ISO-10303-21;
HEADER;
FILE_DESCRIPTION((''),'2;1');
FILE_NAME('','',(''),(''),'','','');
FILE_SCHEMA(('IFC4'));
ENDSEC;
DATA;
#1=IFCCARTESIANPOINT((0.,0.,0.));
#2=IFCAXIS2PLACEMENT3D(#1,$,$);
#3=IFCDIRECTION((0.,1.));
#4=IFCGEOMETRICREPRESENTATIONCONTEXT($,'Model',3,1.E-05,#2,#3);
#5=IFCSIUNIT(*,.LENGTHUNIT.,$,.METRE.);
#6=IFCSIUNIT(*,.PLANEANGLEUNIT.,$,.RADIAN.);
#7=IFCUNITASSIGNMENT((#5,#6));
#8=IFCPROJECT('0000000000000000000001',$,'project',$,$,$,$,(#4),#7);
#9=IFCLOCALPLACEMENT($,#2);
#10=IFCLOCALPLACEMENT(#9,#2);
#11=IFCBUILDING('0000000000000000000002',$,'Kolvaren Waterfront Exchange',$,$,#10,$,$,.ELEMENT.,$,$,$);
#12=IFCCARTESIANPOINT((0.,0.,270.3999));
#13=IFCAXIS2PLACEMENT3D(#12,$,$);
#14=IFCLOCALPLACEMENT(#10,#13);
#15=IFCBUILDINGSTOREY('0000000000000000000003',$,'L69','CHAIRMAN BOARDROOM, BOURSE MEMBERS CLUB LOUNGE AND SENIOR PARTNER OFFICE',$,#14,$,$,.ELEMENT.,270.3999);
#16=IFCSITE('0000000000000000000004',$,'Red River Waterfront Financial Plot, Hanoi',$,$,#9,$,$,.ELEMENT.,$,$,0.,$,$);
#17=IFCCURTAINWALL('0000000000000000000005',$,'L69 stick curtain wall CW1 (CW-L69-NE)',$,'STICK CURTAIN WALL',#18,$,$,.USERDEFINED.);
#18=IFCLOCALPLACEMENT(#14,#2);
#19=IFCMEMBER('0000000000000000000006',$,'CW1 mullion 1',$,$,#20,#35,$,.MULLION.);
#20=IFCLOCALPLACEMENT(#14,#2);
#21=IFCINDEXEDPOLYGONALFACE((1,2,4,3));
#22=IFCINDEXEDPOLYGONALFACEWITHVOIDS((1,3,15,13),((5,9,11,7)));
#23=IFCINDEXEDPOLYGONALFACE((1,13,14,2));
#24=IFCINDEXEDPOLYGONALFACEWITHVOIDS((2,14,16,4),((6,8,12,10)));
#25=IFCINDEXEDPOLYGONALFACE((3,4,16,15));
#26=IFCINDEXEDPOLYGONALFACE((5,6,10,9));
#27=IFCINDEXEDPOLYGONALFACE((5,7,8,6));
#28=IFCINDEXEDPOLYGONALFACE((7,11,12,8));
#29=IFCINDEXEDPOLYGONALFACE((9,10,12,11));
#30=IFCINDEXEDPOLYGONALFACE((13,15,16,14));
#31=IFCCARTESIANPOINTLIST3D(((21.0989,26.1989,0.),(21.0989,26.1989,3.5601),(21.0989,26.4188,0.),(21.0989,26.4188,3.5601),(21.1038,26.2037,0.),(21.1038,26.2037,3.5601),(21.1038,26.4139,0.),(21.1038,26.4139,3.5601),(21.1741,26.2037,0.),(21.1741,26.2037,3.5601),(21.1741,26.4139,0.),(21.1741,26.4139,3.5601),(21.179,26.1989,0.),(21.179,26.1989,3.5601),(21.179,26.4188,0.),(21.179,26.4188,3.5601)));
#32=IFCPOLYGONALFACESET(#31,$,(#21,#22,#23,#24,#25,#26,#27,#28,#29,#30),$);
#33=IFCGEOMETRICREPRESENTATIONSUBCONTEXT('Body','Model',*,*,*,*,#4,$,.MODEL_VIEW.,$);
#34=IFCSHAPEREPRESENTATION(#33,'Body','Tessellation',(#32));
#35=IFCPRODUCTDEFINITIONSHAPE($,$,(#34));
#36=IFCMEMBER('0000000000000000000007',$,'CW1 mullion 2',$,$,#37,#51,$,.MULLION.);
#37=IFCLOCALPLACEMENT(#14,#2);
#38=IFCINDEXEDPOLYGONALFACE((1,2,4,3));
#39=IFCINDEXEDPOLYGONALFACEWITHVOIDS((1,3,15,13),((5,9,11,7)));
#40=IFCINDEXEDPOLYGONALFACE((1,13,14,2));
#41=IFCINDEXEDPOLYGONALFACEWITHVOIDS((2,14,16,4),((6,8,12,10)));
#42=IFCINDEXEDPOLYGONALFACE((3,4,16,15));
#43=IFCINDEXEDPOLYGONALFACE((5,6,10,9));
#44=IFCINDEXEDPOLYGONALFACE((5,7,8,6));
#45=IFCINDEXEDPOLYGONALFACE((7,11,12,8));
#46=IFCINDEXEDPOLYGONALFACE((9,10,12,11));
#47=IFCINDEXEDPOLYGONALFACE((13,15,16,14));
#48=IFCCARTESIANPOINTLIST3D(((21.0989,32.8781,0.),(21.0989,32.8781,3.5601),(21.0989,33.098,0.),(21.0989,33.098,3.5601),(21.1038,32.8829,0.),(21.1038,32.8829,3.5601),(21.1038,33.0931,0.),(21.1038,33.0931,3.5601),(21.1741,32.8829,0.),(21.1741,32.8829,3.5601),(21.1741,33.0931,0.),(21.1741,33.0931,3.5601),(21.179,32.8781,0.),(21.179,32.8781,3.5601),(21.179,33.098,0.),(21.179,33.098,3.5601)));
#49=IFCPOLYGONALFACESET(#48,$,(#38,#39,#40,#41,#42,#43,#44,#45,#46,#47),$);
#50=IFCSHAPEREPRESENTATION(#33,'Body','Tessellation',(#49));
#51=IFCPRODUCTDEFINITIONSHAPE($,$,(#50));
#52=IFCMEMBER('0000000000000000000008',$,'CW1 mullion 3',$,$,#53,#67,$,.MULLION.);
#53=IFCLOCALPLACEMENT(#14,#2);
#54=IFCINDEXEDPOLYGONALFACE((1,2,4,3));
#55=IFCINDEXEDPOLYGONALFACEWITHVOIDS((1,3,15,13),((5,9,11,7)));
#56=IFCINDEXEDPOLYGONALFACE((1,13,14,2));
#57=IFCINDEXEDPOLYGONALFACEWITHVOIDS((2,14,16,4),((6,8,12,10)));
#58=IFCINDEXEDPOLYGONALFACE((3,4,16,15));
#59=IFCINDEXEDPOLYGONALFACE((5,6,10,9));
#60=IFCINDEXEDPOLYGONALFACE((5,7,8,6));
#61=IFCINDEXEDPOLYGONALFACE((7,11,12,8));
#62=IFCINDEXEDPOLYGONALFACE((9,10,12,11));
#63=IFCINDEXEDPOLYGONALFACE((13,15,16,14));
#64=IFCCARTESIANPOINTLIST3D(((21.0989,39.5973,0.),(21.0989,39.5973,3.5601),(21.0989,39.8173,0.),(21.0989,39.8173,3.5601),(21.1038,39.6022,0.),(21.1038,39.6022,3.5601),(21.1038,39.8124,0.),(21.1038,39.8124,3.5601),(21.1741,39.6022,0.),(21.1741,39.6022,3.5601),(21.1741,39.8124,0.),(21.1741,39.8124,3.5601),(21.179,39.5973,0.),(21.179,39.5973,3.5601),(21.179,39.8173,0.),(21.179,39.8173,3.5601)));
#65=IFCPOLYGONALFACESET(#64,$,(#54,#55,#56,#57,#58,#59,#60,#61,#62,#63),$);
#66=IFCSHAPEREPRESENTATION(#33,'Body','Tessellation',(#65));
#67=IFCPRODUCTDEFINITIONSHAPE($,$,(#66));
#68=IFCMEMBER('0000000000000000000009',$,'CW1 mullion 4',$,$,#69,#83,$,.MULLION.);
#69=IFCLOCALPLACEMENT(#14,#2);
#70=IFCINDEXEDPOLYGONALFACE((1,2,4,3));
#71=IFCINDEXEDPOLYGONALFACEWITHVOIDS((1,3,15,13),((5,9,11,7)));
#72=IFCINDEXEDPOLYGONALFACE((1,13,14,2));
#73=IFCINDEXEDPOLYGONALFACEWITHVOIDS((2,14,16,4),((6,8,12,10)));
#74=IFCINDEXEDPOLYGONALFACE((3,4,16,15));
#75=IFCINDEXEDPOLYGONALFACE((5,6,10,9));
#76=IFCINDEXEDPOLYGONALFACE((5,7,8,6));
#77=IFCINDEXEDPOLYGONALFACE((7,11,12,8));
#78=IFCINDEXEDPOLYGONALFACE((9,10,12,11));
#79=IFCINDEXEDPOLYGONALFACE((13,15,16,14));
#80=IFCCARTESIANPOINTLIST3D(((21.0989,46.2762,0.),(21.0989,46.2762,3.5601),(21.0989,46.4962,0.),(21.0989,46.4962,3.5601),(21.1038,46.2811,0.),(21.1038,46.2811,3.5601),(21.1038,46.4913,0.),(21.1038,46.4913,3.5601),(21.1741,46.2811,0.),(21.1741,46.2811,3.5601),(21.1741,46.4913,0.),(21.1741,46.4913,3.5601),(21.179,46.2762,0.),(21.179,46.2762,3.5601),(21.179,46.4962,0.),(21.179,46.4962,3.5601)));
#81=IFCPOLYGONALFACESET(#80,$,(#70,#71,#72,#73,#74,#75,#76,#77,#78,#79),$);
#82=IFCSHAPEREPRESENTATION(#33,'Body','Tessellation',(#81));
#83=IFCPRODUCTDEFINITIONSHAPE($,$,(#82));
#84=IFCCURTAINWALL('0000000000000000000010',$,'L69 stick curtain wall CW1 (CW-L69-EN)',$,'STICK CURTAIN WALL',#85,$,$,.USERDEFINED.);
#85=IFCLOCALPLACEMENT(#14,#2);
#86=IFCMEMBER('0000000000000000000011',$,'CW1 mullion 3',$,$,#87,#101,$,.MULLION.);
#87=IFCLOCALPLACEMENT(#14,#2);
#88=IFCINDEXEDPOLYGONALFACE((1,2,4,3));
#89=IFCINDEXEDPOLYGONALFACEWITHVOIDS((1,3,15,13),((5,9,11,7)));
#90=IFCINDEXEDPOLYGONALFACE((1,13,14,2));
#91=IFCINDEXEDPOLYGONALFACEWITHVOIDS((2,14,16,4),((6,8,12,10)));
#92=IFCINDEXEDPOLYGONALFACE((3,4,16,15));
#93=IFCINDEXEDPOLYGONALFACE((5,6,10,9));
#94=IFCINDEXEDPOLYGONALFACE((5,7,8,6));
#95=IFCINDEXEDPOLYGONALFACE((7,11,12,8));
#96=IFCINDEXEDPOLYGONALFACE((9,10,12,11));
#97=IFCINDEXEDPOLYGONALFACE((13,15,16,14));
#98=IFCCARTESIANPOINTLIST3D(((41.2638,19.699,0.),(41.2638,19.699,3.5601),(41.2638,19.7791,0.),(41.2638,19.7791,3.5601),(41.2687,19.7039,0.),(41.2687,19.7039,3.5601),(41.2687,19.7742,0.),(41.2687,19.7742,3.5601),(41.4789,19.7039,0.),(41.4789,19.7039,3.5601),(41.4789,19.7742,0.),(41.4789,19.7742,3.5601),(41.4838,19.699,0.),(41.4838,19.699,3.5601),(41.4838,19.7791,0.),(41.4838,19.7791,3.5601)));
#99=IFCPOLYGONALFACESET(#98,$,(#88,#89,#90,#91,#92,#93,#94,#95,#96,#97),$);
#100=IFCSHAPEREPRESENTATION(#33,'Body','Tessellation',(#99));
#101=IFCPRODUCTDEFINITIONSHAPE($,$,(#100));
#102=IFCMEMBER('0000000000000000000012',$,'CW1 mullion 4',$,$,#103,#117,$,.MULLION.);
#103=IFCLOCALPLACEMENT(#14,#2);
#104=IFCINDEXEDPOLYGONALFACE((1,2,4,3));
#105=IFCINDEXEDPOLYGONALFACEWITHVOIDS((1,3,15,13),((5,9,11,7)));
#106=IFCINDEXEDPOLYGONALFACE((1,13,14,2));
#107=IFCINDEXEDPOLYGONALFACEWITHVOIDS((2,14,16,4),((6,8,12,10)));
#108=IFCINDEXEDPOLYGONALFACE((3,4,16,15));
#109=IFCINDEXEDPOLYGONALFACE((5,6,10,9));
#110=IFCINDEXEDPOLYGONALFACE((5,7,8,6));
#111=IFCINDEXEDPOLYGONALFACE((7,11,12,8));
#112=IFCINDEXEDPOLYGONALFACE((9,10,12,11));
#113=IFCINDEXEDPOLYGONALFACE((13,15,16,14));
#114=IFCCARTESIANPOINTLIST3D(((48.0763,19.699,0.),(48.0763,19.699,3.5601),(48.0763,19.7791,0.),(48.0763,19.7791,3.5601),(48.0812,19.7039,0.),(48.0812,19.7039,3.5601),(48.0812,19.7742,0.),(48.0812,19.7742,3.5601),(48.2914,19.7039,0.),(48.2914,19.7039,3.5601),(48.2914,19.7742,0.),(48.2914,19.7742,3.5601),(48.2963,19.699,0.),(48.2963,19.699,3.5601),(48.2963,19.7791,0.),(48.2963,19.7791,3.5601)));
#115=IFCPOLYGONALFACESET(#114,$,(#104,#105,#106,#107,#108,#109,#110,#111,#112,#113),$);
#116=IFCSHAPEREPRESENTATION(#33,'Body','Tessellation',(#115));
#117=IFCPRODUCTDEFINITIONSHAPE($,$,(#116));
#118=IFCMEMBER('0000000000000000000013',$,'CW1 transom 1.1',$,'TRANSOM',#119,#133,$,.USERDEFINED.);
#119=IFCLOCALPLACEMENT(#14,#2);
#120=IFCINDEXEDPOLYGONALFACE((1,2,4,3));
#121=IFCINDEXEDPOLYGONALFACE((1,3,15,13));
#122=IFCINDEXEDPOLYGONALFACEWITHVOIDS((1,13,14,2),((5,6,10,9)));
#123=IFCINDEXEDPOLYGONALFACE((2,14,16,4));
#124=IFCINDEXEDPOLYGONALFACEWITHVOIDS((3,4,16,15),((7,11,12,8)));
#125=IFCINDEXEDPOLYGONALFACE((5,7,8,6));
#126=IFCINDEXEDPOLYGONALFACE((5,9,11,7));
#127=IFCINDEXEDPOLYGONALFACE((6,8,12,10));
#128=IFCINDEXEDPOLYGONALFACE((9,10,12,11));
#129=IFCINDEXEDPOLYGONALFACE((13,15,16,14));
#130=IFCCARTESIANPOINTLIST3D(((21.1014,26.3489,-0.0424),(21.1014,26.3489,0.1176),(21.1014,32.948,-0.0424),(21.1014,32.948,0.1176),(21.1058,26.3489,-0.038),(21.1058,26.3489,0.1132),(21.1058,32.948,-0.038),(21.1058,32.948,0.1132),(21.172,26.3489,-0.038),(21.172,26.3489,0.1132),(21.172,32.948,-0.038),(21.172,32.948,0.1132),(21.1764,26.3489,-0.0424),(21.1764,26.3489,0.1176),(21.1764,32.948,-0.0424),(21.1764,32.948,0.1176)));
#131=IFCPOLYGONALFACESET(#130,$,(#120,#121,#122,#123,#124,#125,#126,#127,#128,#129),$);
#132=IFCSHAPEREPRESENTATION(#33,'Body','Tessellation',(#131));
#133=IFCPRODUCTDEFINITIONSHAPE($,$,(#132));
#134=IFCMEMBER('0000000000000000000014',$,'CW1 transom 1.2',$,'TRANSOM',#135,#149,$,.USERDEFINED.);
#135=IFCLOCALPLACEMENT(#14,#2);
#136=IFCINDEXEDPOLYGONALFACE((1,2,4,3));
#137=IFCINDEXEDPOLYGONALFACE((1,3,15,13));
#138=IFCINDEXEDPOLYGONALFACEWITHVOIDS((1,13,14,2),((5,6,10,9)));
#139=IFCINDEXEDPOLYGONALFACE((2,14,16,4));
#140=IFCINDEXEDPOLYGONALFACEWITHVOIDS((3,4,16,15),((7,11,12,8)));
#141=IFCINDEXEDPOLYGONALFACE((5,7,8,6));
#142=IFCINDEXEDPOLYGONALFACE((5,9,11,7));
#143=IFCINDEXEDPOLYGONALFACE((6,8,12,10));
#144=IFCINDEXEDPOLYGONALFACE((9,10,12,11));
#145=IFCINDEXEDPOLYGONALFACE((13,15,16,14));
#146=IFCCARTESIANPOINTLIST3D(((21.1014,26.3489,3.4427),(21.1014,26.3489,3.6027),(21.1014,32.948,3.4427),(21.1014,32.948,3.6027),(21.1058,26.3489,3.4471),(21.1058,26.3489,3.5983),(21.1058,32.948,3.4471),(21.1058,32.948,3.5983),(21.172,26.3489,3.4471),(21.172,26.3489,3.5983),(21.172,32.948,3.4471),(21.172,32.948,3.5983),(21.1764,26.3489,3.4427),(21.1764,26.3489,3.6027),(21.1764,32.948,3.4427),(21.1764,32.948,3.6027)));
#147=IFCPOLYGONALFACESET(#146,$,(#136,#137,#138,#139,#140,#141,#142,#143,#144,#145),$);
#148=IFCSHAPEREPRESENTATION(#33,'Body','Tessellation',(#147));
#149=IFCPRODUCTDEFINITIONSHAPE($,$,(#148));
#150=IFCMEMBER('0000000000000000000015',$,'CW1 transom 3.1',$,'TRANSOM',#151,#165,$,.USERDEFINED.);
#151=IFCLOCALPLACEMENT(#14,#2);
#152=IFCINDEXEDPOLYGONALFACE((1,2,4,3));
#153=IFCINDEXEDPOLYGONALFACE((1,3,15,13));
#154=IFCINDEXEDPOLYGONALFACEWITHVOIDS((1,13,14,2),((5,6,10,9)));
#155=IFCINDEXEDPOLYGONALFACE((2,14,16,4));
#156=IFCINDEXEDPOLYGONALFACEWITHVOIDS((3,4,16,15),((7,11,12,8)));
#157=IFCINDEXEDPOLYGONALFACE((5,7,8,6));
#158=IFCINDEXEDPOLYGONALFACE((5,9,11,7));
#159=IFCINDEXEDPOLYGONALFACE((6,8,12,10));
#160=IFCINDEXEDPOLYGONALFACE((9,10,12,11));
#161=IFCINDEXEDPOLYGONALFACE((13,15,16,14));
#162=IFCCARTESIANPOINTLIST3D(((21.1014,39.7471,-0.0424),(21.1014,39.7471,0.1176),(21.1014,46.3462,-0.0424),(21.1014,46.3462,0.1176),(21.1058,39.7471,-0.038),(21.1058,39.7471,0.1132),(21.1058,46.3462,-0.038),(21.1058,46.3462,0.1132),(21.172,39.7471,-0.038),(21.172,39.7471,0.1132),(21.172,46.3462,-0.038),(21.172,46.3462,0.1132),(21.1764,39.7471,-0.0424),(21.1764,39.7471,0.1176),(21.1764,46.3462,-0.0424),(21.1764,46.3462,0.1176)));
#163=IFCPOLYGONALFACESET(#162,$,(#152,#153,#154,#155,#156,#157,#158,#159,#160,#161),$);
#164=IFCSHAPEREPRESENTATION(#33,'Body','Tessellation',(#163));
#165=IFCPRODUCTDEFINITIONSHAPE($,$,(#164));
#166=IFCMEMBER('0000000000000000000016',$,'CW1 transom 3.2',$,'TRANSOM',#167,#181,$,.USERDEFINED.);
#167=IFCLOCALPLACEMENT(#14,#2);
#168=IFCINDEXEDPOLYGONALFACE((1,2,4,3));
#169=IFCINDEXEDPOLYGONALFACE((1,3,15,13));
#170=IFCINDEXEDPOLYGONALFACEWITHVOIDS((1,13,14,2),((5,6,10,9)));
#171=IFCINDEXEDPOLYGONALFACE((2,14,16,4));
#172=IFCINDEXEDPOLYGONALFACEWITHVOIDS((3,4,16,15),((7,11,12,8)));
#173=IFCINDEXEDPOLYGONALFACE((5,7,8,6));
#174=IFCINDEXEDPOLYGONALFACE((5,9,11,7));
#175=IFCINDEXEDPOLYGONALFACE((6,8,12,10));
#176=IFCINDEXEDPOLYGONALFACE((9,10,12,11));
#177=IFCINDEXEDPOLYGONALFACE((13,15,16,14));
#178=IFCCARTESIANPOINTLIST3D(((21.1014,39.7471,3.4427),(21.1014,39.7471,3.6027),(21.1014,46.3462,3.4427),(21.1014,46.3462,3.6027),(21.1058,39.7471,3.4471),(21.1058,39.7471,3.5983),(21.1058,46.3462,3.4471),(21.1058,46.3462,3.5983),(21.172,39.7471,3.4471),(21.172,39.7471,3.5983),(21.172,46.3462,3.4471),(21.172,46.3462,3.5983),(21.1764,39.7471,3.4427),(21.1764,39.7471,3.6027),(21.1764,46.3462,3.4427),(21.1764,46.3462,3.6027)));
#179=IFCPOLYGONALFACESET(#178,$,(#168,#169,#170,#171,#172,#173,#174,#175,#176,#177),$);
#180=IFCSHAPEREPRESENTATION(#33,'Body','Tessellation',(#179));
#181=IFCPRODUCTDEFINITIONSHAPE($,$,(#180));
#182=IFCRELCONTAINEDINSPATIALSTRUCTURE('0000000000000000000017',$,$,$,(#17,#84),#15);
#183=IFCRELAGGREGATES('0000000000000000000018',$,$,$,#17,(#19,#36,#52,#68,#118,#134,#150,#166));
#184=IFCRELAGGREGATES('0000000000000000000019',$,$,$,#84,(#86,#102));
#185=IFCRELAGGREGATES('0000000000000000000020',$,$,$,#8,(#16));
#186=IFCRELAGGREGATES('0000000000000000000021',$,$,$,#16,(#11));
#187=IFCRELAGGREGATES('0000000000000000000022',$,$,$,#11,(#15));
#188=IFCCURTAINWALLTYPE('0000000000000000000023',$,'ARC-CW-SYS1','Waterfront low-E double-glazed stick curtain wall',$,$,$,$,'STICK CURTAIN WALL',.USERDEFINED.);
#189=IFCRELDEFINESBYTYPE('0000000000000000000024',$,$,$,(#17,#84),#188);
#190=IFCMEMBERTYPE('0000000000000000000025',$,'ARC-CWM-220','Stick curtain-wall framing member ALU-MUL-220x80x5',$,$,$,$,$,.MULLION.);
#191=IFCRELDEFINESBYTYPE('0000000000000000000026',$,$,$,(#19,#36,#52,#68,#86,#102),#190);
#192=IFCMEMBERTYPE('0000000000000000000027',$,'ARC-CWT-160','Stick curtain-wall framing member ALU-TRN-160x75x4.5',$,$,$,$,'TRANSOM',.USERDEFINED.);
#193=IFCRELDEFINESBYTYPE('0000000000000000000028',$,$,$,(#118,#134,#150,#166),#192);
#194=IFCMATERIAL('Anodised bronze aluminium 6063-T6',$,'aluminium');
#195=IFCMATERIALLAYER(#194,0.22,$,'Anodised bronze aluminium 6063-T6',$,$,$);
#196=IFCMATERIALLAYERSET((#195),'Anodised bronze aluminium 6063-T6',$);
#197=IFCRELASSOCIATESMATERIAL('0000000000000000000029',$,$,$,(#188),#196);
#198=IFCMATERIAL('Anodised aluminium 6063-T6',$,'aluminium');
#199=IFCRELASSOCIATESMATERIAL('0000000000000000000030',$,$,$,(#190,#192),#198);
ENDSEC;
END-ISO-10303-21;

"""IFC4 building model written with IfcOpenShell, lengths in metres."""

from ifc_helpers import new_model, si_unit, direction, frame, origin, origin_with_axes, origin_2d, place, context, subcontext, project, spatial, hollow_rectangle, extrude, source, transform, mapped, material, layer, layer_set, material_profile, profile_set, type_object, element, aggregate, save


model = new_model("IFC4")

# Units and contexts
model_context = context("Model", 3, precision=1e-05, world=origin(), true_north=direction((0.0, 1.0)))
body_context = subcontext(model_context, "Body", "Model", "MODEL_VIEW")
ifc_project = project(units=[si_unit("LENGTHUNIT", "METRE"), si_unit("PLANEANGLEUNIT", "RADIAN")], contexts=[model_context])

# Site, building, storey
site_placement = place(None, origin())
site = spatial("IfcSite", under=ifc_project, at=site_placement, Name="Red River Waterfront Financial Plot, Hanoi", CompositionType="ELEMENT", RefElevation=0.0)
building_placement = place(site_placement, origin())
building = spatial("IfcBuilding", under=site, at=building_placement, Name="Kolvaren Waterfront Exchange", CompositionType="ELEMENT")
storey_placement = place(building_placement, frame((0.0, 0.0, 270.3999)))
storey = spatial("IfcBuildingStorey", under=building, at=storey_placement, Name="L69", Description="CHAIRMAN BOARDROOM, BOURSE MEMBERS CLUB LOUNGE AND SENIOR PARTNER OFFICE", CompositionType="ELEMENT", Elevation=270.3999)

# Curtain walls, members
ifc_material_1 = material(Name="Anodised bronze aluminium 6063-T6", Category="aluminium")
ifc_layer_1 = layer(ifc_material_1, 0.22, Name="Anodised bronze aluminium 6063-T6")
ifc_layer_set_1 = layer_set([ifc_layer_1], Name="Anodised bronze aluminium 6063-T6")
curtain_wall_type = type_object("IfcCurtainWallType", Name="ARC-CW-SYS1", Description="Waterfront low-E double-glazed stick curtain wall", ElementType="STICK CURTAIN WALL", PredefinedType="USERDEFINED", material=ifc_layer_set_1)
curtain_wall_1_placement = place(storey_placement, origin())
curtain_wall_1 = element("IfcCurtainWall", 1, at=curtain_wall_1_placement, inside=storey, type_object=curtain_wall_type, Name="L69 stick curtain wall CW1 (CW-L69-NE)", ObjectType="STICK CURTAIN WALL", PredefinedType="USERDEFINED")
ifc_material_2 = material(Name="Anodised aluminium 6063-T6", Category="aluminium")
ifc_material_profile_1 = material_profile(ifc_material_2, hollow_rectangle(XDim=0.0801, YDim=0.22, WallThickness=0.0049, at=origin_2d()), Name="ALU-MUL-220x80x5")
ifc_profile_set_1 = profile_set([ifc_material_profile_1], Name="Anodised aluminium 6063-T6")
member_type_1 = type_object("IfcMemberType", Name="ARC-CWM-220", Description="Stick curtain-wall framing member ALU-MUL-220x80x5", PredefinedType="MULLION", material=ifc_profile_set_1)
shared_shape_1 = source(origin_with_axes(), body_context, "Body", "SweptSolid", [
    extrude(hollow_rectangle(XDim=0.0801, YDim=0.22, WallThickness=0.0049, at=origin_2d()), origin(), (0.0, 0.0, 1.0), 3.5601),
])
member_1_placement = place(storey_placement, frame((21.1389, 26.3088, 0.0), z_axis=(0.0, 0.0, 1.0), x_axis=(-1.0, 0.0, 0.0)))
member_1 = element("IfcMember", 2, at=member_1_placement, type_object=member_type_1, Name="CW1 mullion 1", PredefinedType="MULLION", context=body_context, shape_type="MappedRepresentation", body=[
    mapped(shared_shape_1, transform((0.0, 0.0, 0.0), x_axis=(1.0, 0.0, 0.0), y_axis=(0.0, 1.0, 0.0), z_axis=(0.0, 0.0, 1.0), scale=1.0)),
])
member_2_placement = place(storey_placement, frame((21.1389, 32.988, 0.0), z_axis=(0.0, 0.0, 1.0), x_axis=(-1.0, 0.0, 0.0)))
member_2 = element("IfcMember", 3, at=member_2_placement, type_object=member_type_1, Name="CW1 mullion 2", PredefinedType="MULLION", context=body_context, shape_type="MappedRepresentation", body=[
    mapped(shared_shape_1, transform((0.0, 0.0, 0.0), x_axis=(1.0, 0.0, 0.0), y_axis=(0.0, 1.0, 0.0), z_axis=(0.0, 0.0, 1.0), scale=1.0)),
])
member_3_placement = place(storey_placement, frame((21.1389, 39.7073, 0.0), z_axis=(0.0, 0.0, 1.0), x_axis=(-1.0, 0.0, 0.0)))
member_3 = element("IfcMember", 4, at=member_3_placement, type_object=member_type_1, Name="CW1 mullion 3", PredefinedType="MULLION", context=body_context, shape_type="MappedRepresentation", body=[
    mapped(shared_shape_1, transform((0.0, 0.0, 0.0), x_axis=(1.0, 0.0, 0.0), y_axis=(0.0, 1.0, 0.0), z_axis=(0.0, 0.0, 1.0), scale=1.0)),
])
member_4_placement = place(storey_placement, frame((21.1389, 46.3862, 0.0), z_axis=(0.0, 0.0, 1.0), x_axis=(-1.0, 0.0, 0.0)))
member_4 = element("IfcMember", 5, at=member_4_placement, type_object=member_type_1, Name="CW1 mullion 4", PredefinedType="MULLION", context=body_context, shape_type="MappedRepresentation", body=[
    mapped(shared_shape_1, transform((0.0, 0.0, 0.0), x_axis=(1.0, 0.0, 0.0), y_axis=(0.0, 1.0, 0.0), z_axis=(0.0, 0.0, 1.0), scale=1.0)),
])
curtain_wall_2_placement = place(storey_placement, origin())
curtain_wall_2 = element("IfcCurtainWall", 6, at=curtain_wall_2_placement, inside=storey, type_object=curtain_wall_type, Name="L69 stick curtain wall CW1 (CW-L69-EN)", ObjectType="STICK CURTAIN WALL", PredefinedType="USERDEFINED")
member_5_placement = place(storey_placement, frame((41.3738, 19.739, 0.0), z_axis=(0.0, 0.0, 1.0), x_axis=(0.0, 1.0, 0.0)))
member_5 = element("IfcMember", 7, at=member_5_placement, type_object=member_type_1, Name="CW1 mullion 3", PredefinedType="MULLION", context=body_context, shape_type="MappedRepresentation", body=[
    mapped(shared_shape_1, transform((0.0, 0.0, 0.0), x_axis=(1.0, 0.0, 0.0), y_axis=(0.0, 1.0, 0.0), z_axis=(0.0, 0.0, 1.0), scale=1.0)),
])
member_6_placement = place(storey_placement, frame((48.1863, 19.739, 0.0), z_axis=(0.0, 0.0, 1.0), x_axis=(0.0, 1.0, 0.0)))
member_6 = element("IfcMember", 8, at=member_6_placement, type_object=member_type_1, Name="CW1 mullion 4", PredefinedType="MULLION", context=body_context, shape_type="MappedRepresentation", body=[
    mapped(shared_shape_1, transform((0.0, 0.0, 0.0), x_axis=(1.0, 0.0, 0.0), y_axis=(0.0, 1.0, 0.0), z_axis=(0.0, 0.0, 1.0), scale=1.0)),
])

# Members
ifc_material_profile_2 = material_profile(ifc_material_2, hollow_rectangle(XDim=0.075, YDim=0.1599, WallThickness=0.0044, at=origin_2d()), Name="ALU-TRN-160x75x4.5")
ifc_profile_set_2 = profile_set([ifc_material_profile_2], Name="Anodised aluminium 6063-T6")
member_type_2 = type_object("IfcMemberType", Name="ARC-CWT-160", Description="Stick curtain-wall framing member ALU-TRN-160x75x4.5", ElementType="TRANSOM", PredefinedType="USERDEFINED", material=ifc_profile_set_2)
shared_shape_2 = source(origin_with_axes(), body_context, "Body", "SweptSolid", [
    extrude(hollow_rectangle(XDim=0.075, YDim=0.1599, WallThickness=0.0044, at=origin_2d()), origin(), (0.0, 0.0, 1.0), 6.5991),
])
member_7_placement = place(storey_placement, frame((21.1389, 26.3489, 0.0376), z_axis=(0.0, 1.0, 0.0), x_axis=(-1.0, 0.0, 0.0)))
member_7 = element("IfcMember", 9, at=member_7_placement, type_object=member_type_2, Name="CW1 transom 1.1", ObjectType="TRANSOM", PredefinedType="USERDEFINED", context=body_context, shape_type="MappedRepresentation", body=[
    mapped(shared_shape_2, transform((0.0, 0.0, 0.0), x_axis=(1.0, 0.0, 0.0), y_axis=(0.0, 1.0, 0.0), z_axis=(0.0, 0.0, 1.0), scale=1.0)),
])
member_8_placement = place(storey_placement, frame((21.1389, 26.3489, 3.5227), z_axis=(0.0, 1.0, 0.0), x_axis=(-1.0, 0.0, 0.0)))
member_8 = element("IfcMember", 10, at=member_8_placement, type_object=member_type_2, Name="CW1 transom 1.2", ObjectType="TRANSOM", PredefinedType="USERDEFINED", context=body_context, shape_type="MappedRepresentation", body=[
    mapped(shared_shape_2, transform((0.0, 0.0, 0.0), x_axis=(1.0, 0.0, 0.0), y_axis=(0.0, 1.0, 0.0), z_axis=(0.0, 0.0, 1.0), scale=1.0)),
])
member_9_placement = place(storey_placement, frame((21.1389, 39.7471, 0.0376), z_axis=(0.0, 1.0, 0.0), x_axis=(-1.0, 0.0, 0.0)))
member_9 = element("IfcMember", 11, at=member_9_placement, type_object=member_type_2, Name="CW1 transom 3.1", ObjectType="TRANSOM", PredefinedType="USERDEFINED", context=body_context, shape_type="MappedRepresentation", body=[
    mapped(shared_shape_2, transform((0.0, 0.0, 0.0), x_axis=(1.0, 0.0, 0.0), y_axis=(0.0, 1.0, 0.0), z_axis=(0.0, 0.0, 1.0), scale=1.0)),
])
member_10_placement = place(storey_placement, frame((21.1389, 39.7471, 3.5227), z_axis=(0.0, 1.0, 0.0), x_axis=(-1.0, 0.0, 0.0)))
member_10 = element("IfcMember", 12, at=member_10_placement, type_object=member_type_2, Name="CW1 transom 3.2", ObjectType="TRANSOM", PredefinedType="USERDEFINED", context=body_context, shape_type="MappedRepresentation", body=[
    mapped(shared_shape_2, transform((0.0, 0.0, 0.0), x_axis=(1.0, 0.0, 0.0), y_axis=(0.0, 1.0, 0.0), z_axis=(0.0, 0.0, 1.0), scale=1.0)),
])

aggregate(curtain_wall_1, [member_1, member_2, member_3, member_4, member_7, member_8, member_9, member_10])
aggregate(curtain_wall_2, [member_5, member_6])

save(model, "model.ifc")
